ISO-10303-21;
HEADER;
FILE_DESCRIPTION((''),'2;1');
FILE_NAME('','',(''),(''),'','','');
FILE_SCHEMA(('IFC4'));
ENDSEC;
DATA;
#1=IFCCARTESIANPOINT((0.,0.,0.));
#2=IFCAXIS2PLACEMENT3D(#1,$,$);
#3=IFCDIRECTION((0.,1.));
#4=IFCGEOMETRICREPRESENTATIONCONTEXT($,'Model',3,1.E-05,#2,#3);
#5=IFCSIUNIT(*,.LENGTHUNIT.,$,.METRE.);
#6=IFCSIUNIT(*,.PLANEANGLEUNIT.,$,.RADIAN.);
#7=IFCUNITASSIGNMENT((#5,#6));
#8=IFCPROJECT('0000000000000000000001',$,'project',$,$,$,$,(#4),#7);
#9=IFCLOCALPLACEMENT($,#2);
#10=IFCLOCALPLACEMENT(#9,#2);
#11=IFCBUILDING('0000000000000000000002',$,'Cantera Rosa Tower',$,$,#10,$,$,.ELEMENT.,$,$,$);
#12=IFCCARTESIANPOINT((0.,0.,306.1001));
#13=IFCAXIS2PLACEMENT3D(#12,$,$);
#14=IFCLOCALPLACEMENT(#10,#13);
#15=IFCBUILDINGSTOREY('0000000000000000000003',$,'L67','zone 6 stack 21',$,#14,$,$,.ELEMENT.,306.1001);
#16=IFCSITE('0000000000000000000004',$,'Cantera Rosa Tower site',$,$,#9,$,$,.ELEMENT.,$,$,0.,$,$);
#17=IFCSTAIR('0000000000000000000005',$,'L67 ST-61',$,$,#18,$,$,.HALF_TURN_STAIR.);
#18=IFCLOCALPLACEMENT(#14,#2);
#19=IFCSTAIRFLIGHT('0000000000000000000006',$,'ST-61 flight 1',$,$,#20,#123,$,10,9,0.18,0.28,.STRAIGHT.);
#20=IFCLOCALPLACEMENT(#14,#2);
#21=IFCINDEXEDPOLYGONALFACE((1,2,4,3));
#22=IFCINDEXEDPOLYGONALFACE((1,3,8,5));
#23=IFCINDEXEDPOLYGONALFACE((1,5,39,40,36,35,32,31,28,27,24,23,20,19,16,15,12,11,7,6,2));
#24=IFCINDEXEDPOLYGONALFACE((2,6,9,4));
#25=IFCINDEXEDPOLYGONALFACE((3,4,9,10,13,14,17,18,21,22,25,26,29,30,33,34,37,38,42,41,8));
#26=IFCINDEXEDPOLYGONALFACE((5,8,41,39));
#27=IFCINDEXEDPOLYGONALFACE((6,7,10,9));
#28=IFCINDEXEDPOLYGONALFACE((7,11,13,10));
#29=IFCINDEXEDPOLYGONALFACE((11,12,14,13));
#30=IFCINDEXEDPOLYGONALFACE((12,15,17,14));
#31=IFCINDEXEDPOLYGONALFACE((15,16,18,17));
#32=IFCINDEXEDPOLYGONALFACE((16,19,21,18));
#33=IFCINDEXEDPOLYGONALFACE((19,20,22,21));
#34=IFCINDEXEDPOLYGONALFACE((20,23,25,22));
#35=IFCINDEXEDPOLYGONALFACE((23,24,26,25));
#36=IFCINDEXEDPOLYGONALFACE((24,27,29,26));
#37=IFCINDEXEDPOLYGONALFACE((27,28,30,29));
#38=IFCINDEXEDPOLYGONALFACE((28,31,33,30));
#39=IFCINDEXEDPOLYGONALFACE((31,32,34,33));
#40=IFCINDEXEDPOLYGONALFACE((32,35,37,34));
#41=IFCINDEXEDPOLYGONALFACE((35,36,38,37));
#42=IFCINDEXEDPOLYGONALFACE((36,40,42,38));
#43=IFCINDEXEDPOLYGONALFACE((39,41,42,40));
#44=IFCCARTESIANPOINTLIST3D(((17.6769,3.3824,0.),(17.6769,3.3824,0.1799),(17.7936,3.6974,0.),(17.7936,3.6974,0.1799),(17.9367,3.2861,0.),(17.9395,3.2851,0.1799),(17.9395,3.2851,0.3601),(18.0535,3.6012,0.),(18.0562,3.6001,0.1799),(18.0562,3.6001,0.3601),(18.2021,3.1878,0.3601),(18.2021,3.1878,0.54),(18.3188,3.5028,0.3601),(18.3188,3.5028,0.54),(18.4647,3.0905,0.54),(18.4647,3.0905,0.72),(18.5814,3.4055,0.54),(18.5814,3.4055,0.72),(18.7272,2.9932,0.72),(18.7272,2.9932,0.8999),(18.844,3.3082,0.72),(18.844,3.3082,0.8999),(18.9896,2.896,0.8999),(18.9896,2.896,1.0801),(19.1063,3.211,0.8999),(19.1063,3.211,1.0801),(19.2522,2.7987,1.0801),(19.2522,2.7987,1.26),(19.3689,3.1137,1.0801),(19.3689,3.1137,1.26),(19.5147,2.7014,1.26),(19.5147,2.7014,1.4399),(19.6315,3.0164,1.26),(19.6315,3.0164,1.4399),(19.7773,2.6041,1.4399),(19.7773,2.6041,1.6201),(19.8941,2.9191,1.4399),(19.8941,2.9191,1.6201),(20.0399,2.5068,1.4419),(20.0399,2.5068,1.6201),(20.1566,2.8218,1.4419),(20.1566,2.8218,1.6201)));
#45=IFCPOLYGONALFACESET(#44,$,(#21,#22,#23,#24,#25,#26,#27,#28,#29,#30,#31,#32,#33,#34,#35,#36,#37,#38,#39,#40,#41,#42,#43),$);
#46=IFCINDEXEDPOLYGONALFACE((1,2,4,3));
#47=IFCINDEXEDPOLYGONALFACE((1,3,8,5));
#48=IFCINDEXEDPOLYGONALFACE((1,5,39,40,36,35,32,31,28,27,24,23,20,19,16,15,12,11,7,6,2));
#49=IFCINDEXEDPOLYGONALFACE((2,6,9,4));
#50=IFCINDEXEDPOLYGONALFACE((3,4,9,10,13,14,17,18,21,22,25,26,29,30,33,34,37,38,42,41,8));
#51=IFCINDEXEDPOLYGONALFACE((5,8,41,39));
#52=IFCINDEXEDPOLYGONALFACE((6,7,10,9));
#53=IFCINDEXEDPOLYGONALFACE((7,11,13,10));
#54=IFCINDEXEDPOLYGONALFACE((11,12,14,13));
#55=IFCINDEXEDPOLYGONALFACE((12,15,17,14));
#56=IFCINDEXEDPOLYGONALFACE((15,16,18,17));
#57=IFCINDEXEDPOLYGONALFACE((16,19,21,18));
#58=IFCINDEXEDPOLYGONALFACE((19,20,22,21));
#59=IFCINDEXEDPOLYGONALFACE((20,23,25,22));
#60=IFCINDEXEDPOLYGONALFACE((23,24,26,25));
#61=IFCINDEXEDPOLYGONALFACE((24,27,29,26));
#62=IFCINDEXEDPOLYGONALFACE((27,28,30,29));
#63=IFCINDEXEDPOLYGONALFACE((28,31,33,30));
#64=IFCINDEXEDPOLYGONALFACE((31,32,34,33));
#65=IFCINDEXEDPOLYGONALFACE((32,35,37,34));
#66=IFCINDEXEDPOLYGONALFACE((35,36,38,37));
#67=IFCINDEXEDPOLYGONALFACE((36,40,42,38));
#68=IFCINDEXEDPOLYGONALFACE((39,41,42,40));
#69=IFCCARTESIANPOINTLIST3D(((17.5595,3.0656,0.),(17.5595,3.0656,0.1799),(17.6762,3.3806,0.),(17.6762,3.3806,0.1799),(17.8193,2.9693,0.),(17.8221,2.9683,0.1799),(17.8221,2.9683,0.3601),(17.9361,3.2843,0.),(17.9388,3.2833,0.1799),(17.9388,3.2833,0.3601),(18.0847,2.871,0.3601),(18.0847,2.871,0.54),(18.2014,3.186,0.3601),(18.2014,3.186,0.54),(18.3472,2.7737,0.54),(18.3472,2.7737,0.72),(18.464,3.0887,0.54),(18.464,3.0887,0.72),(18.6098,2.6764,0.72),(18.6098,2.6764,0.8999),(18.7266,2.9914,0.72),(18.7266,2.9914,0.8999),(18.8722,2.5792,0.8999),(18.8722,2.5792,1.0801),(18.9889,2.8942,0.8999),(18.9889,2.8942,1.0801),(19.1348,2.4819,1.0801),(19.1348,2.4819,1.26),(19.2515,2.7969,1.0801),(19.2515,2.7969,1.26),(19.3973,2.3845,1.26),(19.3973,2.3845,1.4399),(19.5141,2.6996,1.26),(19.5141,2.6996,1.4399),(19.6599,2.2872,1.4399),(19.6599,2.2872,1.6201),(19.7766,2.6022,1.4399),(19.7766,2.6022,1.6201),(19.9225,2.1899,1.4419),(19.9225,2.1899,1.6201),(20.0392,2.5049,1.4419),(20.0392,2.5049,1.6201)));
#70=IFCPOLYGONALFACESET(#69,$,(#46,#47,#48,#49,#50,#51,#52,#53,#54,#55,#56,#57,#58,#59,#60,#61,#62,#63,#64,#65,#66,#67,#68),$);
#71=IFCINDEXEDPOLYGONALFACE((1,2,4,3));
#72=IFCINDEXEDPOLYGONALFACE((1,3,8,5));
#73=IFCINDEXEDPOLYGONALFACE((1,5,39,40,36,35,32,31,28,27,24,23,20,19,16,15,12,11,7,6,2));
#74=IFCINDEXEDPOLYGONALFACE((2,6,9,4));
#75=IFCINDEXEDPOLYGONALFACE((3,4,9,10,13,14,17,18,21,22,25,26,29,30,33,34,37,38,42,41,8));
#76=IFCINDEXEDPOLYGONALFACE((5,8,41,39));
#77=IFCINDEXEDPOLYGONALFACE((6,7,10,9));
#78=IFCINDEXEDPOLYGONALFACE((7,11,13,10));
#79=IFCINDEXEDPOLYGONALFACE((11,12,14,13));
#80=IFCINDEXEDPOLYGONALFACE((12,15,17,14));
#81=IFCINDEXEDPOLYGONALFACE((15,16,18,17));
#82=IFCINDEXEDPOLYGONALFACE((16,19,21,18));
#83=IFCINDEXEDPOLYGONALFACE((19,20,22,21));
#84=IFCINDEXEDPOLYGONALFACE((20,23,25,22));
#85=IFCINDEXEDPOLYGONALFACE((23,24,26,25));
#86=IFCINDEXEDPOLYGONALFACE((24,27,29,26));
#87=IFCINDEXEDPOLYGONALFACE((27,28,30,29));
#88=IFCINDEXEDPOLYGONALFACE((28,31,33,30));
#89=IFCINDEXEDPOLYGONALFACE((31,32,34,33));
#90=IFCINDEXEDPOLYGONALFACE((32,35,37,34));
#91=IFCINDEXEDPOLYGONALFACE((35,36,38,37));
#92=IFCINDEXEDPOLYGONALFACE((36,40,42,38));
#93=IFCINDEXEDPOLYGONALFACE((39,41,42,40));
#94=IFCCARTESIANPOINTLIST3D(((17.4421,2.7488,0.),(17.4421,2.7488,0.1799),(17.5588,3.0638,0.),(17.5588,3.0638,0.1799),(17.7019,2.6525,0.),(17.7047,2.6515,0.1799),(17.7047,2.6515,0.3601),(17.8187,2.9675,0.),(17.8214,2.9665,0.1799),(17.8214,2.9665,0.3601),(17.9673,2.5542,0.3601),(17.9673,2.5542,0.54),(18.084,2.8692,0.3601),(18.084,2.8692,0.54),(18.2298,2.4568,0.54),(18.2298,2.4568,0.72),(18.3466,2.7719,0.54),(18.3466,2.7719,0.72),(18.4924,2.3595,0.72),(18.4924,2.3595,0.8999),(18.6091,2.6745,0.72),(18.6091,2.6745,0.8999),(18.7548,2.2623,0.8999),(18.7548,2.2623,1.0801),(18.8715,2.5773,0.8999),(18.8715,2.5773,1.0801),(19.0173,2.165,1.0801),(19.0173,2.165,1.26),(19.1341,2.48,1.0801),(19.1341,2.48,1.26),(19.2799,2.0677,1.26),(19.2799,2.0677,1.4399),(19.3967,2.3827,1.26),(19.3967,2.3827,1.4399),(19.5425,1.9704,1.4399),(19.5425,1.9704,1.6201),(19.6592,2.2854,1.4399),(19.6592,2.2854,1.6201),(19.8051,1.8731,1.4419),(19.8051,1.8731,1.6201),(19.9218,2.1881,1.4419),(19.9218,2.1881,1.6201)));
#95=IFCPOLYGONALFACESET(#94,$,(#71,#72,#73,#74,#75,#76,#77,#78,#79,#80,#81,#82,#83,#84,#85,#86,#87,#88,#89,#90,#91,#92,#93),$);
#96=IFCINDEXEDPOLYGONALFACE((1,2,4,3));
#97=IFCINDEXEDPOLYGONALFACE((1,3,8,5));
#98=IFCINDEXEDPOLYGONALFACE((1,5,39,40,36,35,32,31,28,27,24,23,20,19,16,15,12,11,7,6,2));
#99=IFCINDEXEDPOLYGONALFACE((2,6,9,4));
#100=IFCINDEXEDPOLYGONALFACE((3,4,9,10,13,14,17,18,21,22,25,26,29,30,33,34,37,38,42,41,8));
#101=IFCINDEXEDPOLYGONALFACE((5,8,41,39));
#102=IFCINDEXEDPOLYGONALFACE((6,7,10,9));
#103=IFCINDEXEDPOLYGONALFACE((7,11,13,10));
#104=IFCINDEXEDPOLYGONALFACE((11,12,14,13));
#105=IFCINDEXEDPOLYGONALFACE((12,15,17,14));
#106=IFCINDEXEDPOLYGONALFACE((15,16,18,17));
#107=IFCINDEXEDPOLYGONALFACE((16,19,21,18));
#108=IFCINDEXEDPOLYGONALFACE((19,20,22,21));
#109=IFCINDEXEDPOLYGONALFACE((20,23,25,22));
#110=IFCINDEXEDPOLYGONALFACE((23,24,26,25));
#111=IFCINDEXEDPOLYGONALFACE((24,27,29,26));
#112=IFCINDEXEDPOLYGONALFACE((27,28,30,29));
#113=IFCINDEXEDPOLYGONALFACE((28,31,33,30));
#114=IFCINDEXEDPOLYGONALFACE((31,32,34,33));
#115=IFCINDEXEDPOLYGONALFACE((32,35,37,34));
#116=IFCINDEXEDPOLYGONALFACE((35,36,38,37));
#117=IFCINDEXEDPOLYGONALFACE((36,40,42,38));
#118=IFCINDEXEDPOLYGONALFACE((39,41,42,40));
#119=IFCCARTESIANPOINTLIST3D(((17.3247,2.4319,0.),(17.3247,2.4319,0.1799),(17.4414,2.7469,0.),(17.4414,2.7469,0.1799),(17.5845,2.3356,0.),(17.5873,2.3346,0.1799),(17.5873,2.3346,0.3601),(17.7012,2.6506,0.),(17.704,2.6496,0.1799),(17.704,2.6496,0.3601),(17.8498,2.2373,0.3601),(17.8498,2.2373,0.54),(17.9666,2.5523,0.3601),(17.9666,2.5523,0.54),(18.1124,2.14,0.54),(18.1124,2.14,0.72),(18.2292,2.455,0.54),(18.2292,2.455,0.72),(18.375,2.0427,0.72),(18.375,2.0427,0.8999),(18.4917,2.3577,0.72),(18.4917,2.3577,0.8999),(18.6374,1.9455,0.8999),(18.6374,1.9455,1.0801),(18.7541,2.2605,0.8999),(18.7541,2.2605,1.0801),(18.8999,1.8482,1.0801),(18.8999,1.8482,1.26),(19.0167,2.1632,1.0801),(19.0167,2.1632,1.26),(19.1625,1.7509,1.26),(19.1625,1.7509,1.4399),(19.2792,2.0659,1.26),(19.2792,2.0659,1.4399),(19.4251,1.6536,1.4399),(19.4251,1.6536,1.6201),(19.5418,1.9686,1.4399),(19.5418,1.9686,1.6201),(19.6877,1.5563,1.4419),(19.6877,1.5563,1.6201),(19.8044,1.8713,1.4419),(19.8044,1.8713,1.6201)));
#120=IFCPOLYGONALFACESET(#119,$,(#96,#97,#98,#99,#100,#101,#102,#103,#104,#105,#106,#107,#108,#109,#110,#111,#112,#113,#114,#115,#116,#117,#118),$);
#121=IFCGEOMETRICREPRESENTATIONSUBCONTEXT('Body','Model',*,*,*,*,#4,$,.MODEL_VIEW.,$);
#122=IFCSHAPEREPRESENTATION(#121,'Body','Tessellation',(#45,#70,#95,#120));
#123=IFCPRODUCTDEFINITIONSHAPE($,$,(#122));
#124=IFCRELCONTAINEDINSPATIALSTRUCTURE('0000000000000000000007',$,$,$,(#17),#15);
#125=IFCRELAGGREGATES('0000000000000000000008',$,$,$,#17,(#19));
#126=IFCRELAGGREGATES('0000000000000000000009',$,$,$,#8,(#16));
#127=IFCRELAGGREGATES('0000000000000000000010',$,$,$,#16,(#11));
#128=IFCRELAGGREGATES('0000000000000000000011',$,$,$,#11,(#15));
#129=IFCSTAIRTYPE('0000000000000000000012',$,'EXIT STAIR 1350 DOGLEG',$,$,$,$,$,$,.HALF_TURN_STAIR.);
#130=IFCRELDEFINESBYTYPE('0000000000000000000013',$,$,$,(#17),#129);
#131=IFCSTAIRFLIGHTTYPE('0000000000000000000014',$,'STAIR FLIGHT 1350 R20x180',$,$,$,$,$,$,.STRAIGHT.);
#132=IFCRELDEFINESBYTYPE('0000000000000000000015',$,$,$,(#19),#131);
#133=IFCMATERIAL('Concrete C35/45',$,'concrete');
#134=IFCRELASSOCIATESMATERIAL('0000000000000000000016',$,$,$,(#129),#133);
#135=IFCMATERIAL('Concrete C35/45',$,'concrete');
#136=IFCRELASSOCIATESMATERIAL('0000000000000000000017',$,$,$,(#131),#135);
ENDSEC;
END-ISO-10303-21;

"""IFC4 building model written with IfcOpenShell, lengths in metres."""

from ifc_helpers import new_model, si_unit, direction, frame, origin, place, context, subcontext, project, spatial, polyline, outline, extrude, material, type_object, element, aggregate, save


model = new_model("IFC4")

# Units and contexts
model_context = context("Model", 3, precision=1e-05, world=origin(), true_north=direction((0.0, 1.0)))
body_context = subcontext(model_context, "Body", "Model", "MODEL_VIEW")
ifc_project = project(units=[si_unit("LENGTHUNIT", "METRE"), si_unit("PLANEANGLEUNIT", "RADIAN")], contexts=[model_context])

# Site, building, storey
site_placement = place(None, origin())
site = spatial("IfcSite", under=ifc_project, at=site_placement, Name="Cantera Rosa Tower site", CompositionType="ELEMENT", RefElevation=0.0)
building_placement = place(site_placement, origin())
building = spatial("IfcBuilding", under=site, at=building_placement, Name="Cantera Rosa Tower", CompositionType="ELEMENT")
storey_placement = place(building_placement, frame((0.0, 0.0, 306.1001)))
storey = spatial("IfcBuildingStorey", under=building, at=storey_placement, Name="L67", Description="zone 6 stack 21", CompositionType="ELEMENT", Elevation=306.1001)

# Stair, stair flight
ifc_material_1 = material(Name="Concrete C35/45", Category="concrete")
stair_type = type_object("IfcStairType", Name="EXIT STAIR 1350 DOGLEG", PredefinedType="HALF_TURN_STAIR", material=ifc_material_1)
stair_placement = place(storey_placement, origin())
stair = element("IfcStair", 1, at=stair_placement, inside=storey, type_object=stair_type, Name="L67 ST-61", PredefinedType="HALF_TURN_STAIR")
ifc_material_2 = material(Name="Concrete C35/45", Category="concrete")
stair_flight_type = type_object("IfcStairFlightType", Name="STAIR FLIGHT 1350 R20x180", PredefinedType="STRAIGHT", material=ifc_material_2)
stair_flight_1_placement = place(storey_placement, frame((17.5591, 3.0645, 0.0), z_axis=(0.0, 0.0, 1.0), x_axis=(0.937687, -0.347481, 0.0)))
stair_flight_1 = element("IfcStairFlight", 2, at=stair_flight_1_placement, type_object=stair_flight_type, Name="ST-61 flight 1", NumberOfRisers=10, NumberOfTreads=9, PredefinedType="STRAIGHT", RiserHeight=0.18, TreadLength=0.28, context=body_context, shape_type="SweptSolid", body=[
    extrude(outline(polyline([(0.0, 0.0), (0.0, 0.1799), (0.28, 0.1799), (0.28, 0.3601), (0.5601, 0.3601), (0.5601, 0.54), (0.8401, 0.54), (0.8401, 0.72), (1.1201, 0.72), (1.1201, 0.8999), (1.3999, 0.8999), (1.3999, 1.0801), (1.6799, 1.0801), (1.6799, 1.26), (1.96, 1.26), (1.96, 1.4399), (2.24, 1.4399), (2.24, 1.6201), (2.52, 1.6201), (2.52, 1.8), (2.52, 1.4419), (0.2771, 0.0), (0.0, 0.0)])), frame((0.0, 0.675, 0.0), z_axis=(0.0, -1.0, 0.0), x_axis=(1.0, 0.0, 0.0)), (0.0, 0.0, 1.0), 0.3359),
    extrude(outline(polyline([(0.0, 0.0), (0.0, 0.1799), (0.28, 0.1799), (0.28, 0.3601), (0.5601, 0.3601), (0.5601, 0.54), (0.8401, 0.54), (0.8401, 0.72), (1.1201, 0.72), (1.1201, 0.8999), (1.3999, 0.8999), (1.3999, 1.0801), (1.6799, 1.0801), (1.6799, 1.26), (1.96, 1.26), (1.96, 1.4399), (2.24, 1.4399), (2.24, 1.6201), (2.52, 1.6201), (2.52, 1.8), (2.52, 1.4419), (0.2771, 0.0), (0.0, 0.0)])), frame((0.0, 0.3372, 0.0), z_axis=(0.0, -1.0, 0.0), x_axis=(1.0, 0.0, 0.0)), (0.0, 0.0, 1.0), 0.3359),
    extrude(outline(polyline([(0.0, 0.0), (0.0, 0.1799), (0.28, 0.1799), (0.28, 0.3601), (0.5601, 0.3601), (0.5601, 0.54), (0.8401, 0.54), (0.8401, 0.72), (1.1201, 0.72), (1.1201, 0.8999), (1.3999, 0.8999), (1.3999, 1.0801), (1.6799, 1.0801), (1.6799, 1.26), (1.96, 1.26), (1.96, 1.4399), (2.24, 1.4399), (2.24, 1.6201), (2.52, 1.6201), (2.52, 1.8), (2.52, 1.4419), (0.2771, 0.0), (0.0, 0.0)])), frame((0.0, -0.0007, 0.0), z_axis=(0.0, -1.0, 0.0), x_axis=(1.0, 0.0, 0.0)), (0.0, 0.0, 1.0), 0.3359),
    extrude(outline(polyline([(0.0, 0.0), (0.0, 0.1799), (0.28, 0.1799), (0.28, 0.3601), (0.5601, 0.3601), (0.5601, 0.54), (0.8401, 0.54), (0.8401, 0.72), (1.1201, 0.72), (1.1201, 0.8999), (1.3999, 0.8999), (1.3999, 1.0801), (1.6799, 1.0801), (1.6799, 1.26), (1.96, 1.26), (1.96, 1.4399), (2.24, 1.4399), (2.24, 1.6201), (2.52, 1.6201), (2.52, 1.8), (2.52, 1.4419), (0.2771, 0.0), (0.0, 0.0)])), frame((0.0, -0.3386, 0.0), z_axis=(0.0, -1.0, 0.0), x_axis=(1.0, 0.0, 0.0)), (0.0, 0.0, 1.0), 0.3359),
])
aggregate(stair, [stair_flight_1])

save(model, "model.ifc")
